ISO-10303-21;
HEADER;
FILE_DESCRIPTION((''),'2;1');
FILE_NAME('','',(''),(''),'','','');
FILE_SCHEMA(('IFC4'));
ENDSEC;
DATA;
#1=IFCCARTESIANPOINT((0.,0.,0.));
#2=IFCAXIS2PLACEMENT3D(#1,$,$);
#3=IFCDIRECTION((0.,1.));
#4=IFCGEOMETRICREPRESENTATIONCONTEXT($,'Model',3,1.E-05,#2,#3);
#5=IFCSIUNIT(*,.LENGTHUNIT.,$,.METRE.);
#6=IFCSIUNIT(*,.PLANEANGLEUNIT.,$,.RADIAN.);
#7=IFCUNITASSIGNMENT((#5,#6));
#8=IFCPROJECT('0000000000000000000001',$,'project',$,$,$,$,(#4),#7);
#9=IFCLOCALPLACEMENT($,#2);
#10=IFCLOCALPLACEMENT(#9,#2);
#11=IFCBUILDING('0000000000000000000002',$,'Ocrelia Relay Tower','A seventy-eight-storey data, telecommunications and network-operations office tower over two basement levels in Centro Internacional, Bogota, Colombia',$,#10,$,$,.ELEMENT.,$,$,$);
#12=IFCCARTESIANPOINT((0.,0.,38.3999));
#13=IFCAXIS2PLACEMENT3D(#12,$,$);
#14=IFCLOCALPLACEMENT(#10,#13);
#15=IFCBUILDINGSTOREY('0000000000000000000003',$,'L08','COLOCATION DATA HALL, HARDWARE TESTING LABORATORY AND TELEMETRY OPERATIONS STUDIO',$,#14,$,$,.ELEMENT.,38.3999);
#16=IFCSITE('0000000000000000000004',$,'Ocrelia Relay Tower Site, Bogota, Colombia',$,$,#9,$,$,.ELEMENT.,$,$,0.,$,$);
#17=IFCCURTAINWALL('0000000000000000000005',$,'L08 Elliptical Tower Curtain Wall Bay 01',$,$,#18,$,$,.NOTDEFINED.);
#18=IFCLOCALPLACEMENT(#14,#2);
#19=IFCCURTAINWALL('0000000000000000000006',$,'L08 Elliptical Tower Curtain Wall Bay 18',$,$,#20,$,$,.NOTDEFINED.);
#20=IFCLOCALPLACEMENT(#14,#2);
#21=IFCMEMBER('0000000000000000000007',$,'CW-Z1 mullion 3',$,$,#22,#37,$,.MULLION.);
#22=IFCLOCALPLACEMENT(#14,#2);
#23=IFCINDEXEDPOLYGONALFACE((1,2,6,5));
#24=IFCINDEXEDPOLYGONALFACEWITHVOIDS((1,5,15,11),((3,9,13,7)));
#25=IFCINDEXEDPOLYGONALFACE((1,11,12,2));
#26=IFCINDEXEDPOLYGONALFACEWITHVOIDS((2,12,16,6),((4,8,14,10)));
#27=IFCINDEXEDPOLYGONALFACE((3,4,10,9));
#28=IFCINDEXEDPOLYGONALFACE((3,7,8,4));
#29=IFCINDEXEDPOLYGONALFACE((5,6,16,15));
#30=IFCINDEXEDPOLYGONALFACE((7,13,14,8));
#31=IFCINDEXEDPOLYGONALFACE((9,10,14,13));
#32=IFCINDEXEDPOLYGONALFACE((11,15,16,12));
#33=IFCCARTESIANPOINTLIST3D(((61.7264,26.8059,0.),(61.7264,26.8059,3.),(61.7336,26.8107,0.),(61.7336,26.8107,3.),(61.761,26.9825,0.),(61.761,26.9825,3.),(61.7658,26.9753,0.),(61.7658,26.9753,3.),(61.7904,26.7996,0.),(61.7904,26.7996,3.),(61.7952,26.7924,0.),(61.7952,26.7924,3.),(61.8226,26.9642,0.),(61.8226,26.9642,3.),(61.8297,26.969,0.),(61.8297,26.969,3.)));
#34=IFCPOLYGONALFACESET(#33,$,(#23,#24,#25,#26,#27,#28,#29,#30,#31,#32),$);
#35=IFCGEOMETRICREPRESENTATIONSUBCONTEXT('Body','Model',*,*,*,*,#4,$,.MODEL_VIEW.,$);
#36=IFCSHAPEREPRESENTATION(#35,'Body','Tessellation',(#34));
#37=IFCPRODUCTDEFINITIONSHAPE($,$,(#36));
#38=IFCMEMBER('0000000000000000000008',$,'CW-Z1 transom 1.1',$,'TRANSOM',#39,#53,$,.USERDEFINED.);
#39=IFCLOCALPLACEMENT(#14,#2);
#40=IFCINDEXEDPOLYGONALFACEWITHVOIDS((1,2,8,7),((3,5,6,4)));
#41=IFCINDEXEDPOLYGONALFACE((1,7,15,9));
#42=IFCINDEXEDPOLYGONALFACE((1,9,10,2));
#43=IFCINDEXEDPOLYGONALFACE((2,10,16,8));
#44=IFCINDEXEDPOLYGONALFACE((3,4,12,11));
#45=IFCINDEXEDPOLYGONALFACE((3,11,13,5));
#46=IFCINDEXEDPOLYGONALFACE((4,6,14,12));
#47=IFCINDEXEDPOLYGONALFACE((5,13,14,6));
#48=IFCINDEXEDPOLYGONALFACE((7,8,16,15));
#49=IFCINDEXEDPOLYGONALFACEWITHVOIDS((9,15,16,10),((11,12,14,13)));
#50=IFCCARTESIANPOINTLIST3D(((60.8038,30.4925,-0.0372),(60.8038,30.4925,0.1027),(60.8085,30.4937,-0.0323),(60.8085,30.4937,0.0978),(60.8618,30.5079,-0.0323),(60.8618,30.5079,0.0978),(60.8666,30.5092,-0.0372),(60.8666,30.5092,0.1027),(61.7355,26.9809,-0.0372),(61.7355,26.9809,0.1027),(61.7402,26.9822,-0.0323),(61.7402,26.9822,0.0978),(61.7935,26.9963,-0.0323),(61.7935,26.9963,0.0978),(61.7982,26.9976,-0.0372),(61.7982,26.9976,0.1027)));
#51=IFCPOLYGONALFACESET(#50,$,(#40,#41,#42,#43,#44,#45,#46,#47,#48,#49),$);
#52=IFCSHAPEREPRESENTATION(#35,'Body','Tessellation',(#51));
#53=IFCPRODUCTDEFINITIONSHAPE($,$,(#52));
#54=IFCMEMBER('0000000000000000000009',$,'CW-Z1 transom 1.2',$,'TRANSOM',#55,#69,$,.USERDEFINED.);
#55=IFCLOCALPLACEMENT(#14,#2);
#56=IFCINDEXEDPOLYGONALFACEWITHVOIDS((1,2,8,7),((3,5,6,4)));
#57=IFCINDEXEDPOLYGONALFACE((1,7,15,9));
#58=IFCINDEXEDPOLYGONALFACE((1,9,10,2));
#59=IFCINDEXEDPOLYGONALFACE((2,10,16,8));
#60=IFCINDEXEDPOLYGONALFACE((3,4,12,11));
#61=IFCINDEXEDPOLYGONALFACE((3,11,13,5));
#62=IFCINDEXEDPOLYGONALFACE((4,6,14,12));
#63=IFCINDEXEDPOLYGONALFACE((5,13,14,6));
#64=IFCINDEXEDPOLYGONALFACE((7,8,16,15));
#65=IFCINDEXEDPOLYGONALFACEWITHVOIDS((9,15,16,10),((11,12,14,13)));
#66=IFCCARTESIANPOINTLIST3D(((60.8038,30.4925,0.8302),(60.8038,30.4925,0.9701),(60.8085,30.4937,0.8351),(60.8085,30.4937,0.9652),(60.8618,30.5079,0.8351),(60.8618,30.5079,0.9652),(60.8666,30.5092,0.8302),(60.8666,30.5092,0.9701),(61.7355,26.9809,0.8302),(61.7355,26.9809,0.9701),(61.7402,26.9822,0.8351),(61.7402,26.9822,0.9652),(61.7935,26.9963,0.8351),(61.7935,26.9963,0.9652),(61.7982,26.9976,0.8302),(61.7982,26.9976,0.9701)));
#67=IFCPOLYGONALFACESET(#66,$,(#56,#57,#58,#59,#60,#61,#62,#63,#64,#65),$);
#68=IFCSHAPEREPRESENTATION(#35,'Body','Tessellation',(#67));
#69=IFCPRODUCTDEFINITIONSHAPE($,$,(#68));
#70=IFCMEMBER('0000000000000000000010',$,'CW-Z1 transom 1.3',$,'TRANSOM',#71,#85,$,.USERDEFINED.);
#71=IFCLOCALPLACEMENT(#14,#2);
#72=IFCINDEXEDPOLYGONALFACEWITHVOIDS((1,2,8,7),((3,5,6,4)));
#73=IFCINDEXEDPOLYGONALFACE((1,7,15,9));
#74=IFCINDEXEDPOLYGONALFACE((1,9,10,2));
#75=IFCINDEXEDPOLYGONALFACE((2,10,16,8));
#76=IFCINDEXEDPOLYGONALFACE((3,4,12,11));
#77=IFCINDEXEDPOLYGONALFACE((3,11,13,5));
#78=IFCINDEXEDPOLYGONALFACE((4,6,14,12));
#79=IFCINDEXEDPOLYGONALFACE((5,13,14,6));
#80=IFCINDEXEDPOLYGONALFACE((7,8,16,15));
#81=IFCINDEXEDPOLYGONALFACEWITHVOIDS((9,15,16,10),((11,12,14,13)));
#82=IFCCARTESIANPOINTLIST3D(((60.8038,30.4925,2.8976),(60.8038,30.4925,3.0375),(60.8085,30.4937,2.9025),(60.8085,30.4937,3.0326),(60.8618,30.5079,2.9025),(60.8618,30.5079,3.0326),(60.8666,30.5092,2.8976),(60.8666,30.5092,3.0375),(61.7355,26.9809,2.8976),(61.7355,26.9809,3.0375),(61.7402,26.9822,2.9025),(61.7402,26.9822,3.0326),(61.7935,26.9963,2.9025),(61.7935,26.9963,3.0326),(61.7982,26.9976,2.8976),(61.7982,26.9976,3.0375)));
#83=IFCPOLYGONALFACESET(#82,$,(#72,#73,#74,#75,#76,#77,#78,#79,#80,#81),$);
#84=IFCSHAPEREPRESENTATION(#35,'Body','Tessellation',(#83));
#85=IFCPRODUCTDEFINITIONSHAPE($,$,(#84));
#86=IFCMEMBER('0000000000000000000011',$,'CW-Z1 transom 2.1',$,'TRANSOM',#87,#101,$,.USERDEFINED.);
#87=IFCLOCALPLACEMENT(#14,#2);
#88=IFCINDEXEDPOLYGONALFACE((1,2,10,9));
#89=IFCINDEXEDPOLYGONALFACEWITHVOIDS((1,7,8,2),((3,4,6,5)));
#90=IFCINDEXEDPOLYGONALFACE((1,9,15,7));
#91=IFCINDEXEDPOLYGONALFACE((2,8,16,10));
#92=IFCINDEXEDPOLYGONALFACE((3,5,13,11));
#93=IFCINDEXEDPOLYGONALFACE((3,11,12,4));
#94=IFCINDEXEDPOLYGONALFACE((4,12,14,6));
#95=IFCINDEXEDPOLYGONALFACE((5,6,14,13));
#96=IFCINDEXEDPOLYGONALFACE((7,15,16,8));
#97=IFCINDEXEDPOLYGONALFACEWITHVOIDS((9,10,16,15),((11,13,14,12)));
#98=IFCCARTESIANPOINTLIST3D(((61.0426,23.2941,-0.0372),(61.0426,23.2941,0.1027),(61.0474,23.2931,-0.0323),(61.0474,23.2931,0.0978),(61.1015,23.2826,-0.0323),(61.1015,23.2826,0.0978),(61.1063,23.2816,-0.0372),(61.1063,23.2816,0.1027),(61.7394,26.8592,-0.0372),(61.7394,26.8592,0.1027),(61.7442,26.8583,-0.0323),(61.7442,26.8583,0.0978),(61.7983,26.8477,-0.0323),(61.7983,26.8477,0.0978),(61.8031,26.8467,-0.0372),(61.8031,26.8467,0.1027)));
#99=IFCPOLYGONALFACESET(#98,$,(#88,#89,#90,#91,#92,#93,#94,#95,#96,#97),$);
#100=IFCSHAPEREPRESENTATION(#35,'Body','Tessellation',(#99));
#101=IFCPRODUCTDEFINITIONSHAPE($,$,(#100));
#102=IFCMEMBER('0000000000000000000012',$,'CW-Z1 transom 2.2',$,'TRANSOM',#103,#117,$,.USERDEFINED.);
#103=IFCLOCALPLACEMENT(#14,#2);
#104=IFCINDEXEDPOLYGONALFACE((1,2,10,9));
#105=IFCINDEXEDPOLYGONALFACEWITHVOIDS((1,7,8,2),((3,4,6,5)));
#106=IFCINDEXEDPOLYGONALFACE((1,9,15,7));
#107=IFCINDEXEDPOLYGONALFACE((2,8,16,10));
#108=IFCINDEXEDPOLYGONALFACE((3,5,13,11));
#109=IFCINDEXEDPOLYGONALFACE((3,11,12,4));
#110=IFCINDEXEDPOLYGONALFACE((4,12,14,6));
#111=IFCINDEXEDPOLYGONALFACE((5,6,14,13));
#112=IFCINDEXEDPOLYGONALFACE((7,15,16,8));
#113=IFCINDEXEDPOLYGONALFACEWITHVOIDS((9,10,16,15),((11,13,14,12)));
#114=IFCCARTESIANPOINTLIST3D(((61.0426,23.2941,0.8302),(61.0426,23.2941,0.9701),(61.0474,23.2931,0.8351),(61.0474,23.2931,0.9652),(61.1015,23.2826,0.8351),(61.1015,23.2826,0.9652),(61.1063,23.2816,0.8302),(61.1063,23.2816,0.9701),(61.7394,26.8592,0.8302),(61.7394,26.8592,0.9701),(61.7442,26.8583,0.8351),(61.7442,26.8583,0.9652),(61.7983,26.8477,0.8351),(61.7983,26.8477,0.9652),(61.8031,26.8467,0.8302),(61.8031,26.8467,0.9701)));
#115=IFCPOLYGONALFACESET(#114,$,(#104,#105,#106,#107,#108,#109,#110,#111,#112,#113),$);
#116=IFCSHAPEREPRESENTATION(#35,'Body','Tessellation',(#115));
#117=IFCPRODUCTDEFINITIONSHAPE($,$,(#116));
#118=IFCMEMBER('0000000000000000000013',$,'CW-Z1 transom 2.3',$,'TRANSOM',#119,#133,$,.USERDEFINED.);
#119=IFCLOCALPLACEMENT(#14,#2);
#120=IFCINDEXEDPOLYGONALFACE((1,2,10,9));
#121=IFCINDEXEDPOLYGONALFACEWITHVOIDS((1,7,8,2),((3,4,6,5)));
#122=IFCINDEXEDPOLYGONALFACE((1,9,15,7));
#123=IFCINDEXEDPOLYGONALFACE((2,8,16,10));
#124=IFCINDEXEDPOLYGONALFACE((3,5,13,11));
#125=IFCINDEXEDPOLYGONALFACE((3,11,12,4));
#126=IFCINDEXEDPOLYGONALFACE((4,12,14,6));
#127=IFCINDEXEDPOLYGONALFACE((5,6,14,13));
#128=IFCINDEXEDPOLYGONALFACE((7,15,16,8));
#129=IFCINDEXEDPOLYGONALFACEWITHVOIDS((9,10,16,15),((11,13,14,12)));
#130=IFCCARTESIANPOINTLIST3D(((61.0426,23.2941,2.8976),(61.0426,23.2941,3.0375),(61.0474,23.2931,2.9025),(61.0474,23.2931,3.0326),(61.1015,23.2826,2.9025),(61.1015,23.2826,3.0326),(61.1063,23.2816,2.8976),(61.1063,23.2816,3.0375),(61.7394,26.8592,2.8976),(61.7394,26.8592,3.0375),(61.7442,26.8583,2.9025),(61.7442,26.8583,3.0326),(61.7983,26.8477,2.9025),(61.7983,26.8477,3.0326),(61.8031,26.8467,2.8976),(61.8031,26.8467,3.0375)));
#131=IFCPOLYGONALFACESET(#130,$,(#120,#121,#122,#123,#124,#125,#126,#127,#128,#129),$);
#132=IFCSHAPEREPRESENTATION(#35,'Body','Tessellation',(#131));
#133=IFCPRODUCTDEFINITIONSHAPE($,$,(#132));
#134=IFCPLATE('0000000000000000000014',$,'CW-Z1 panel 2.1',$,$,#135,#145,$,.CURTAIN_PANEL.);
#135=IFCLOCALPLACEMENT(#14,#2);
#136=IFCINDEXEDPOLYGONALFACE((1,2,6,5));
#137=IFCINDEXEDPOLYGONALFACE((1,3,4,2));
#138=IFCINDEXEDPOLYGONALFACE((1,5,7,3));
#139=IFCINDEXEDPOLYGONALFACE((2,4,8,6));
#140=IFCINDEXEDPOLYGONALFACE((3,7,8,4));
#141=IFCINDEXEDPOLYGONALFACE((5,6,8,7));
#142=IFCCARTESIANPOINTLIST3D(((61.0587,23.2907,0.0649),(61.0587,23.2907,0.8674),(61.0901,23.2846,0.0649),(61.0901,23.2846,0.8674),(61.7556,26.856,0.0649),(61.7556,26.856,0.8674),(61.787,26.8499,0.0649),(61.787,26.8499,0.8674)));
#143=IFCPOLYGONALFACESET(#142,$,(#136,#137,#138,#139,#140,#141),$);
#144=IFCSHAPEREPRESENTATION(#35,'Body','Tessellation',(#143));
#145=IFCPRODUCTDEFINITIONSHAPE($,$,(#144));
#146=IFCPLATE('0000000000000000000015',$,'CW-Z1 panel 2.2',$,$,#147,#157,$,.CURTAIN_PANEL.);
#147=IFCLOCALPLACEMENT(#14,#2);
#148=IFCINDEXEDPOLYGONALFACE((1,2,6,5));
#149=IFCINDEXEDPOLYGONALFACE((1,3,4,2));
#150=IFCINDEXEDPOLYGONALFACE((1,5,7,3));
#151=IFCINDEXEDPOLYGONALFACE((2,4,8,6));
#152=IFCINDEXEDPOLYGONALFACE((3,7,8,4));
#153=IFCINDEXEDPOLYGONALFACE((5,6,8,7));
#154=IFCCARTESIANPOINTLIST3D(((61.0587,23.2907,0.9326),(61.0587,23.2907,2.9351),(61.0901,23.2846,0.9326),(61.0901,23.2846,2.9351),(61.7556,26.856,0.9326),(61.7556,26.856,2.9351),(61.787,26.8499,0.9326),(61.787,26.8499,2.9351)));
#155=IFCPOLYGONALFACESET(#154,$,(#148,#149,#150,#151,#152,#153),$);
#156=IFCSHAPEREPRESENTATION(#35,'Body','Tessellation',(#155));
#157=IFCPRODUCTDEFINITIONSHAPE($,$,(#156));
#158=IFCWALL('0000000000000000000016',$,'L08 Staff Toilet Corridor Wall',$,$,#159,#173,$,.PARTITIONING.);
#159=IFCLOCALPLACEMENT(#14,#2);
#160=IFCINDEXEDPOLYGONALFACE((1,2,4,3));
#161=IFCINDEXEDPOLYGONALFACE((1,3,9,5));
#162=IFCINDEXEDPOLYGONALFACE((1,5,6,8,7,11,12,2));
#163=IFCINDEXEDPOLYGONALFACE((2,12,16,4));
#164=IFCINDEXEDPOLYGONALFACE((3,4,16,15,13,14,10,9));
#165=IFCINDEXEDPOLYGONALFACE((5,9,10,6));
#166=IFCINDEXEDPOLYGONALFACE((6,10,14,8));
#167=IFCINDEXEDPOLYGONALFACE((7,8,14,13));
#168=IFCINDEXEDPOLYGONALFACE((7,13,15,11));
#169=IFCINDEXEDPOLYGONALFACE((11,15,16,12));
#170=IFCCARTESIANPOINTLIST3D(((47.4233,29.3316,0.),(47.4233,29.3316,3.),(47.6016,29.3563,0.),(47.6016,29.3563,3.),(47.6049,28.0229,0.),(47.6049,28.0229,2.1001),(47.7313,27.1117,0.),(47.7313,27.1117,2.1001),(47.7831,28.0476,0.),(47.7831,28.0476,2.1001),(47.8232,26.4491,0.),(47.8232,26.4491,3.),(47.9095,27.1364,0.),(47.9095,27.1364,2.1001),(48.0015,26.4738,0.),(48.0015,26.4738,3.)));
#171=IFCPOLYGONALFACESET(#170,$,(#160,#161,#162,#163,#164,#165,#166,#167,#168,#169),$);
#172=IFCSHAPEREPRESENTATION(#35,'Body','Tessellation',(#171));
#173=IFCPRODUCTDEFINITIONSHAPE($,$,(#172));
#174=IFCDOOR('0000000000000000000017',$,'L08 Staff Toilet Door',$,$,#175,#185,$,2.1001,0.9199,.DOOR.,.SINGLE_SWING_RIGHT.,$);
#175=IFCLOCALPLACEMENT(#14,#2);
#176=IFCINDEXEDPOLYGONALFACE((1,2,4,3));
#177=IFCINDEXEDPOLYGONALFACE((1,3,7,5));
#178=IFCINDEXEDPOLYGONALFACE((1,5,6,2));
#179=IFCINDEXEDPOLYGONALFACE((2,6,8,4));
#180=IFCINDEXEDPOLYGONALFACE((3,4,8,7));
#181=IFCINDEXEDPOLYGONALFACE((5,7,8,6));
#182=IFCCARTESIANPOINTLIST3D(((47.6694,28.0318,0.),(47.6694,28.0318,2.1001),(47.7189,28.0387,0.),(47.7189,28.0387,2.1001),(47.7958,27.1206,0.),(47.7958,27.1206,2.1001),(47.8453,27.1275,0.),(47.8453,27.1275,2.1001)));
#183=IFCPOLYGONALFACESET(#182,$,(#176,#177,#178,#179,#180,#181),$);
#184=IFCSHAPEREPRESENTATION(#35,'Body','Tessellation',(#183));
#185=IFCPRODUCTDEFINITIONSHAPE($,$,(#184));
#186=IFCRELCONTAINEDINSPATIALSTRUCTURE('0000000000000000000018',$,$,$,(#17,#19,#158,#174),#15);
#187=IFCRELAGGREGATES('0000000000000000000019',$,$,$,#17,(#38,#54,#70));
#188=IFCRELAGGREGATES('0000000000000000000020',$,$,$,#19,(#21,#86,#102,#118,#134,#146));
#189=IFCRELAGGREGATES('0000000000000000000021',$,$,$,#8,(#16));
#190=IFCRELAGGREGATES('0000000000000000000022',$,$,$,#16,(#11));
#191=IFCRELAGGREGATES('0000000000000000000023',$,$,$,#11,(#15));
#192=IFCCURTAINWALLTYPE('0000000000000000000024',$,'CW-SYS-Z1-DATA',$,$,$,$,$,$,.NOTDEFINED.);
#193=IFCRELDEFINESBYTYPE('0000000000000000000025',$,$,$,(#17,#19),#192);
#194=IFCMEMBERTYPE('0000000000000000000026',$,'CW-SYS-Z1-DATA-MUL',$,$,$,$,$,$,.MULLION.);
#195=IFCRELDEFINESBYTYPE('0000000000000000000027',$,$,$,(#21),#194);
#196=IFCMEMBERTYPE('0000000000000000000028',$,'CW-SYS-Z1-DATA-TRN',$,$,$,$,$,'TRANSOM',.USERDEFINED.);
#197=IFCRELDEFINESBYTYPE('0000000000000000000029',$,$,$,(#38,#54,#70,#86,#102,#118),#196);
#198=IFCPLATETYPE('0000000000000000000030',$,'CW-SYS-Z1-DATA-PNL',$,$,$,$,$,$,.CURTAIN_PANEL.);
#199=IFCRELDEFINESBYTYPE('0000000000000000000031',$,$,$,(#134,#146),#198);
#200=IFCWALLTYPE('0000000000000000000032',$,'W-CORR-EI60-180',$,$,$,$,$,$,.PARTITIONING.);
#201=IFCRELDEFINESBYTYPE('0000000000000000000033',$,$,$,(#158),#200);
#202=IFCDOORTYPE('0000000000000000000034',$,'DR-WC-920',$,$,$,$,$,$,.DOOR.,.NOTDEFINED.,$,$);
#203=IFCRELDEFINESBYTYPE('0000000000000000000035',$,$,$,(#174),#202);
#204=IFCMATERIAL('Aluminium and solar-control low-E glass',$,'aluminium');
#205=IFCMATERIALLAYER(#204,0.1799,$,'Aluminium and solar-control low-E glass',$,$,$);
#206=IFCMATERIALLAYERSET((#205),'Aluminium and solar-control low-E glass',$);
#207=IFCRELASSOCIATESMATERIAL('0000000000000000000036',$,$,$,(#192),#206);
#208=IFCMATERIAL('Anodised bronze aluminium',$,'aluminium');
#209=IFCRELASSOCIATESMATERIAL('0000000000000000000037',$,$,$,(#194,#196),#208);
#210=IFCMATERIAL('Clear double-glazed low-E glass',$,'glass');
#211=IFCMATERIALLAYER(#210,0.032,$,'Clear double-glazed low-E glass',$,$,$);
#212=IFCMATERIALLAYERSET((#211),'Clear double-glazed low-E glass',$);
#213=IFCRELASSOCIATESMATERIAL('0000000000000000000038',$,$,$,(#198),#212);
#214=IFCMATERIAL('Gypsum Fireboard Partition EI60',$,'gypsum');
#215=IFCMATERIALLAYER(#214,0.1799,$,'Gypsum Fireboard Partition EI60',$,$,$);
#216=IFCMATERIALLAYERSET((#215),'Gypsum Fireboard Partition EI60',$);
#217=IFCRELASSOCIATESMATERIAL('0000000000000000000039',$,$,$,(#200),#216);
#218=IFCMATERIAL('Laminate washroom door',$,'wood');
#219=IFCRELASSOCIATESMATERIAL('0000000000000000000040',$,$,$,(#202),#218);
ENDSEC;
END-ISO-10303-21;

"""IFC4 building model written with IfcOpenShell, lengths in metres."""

from ifc_helpers import new_model, si_unit, direction, frame, frame_2d, origin, origin_2d, place, context, subcontext, project, spatial, rectangle, hollow_rectangle, extrude, material, layer, layer_set, material_profile, profile_set, type_object, element, fill, aggregate, save


model = new_model("IFC4")

# Units and contexts
model_context = context("Model", 3, precision=1e-05, world=origin(), true_north=direction((0.0, 1.0)))
body_context = subcontext(model_context, "Body", "Model", "MODEL_VIEW")
ifc_project = project(units=[si_unit("LENGTHUNIT", "METRE"), si_unit("PLANEANGLEUNIT", "RADIAN")], contexts=[model_context])

# Site, building, storey
site_placement = place(None, origin())
site = spatial("IfcSite", under=ifc_project, at=site_placement, Name="Ocrelia Relay Tower Site, Bogota, Colombia", CompositionType="ELEMENT", RefElevation=0.0)
building_placement = place(site_placement, origin())
building = spatial("IfcBuilding", under=site, at=building_placement, Name="Ocrelia Relay Tower", Description="A seventy-eight-storey data, telecommunications and network-operations office tower over two basement levels in Centro Internacional, Bogota, Colombia", CompositionType="ELEMENT")
storey_placement = place(building_placement, frame((0.0, 0.0, 38.3999)))
storey = spatial("IfcBuildingStorey", under=building, at=storey_placement, Name="L08", Description="COLOCATION DATA HALL, HARDWARE TESTING LABORATORY AND TELEMETRY OPERATIONS STUDIO", CompositionType="ELEMENT", Elevation=38.3999)

# Curtain wall
ifc_material_1 = material(Name="Aluminium and solar-control low-E glass", Category="aluminium")
ifc_layer_1 = layer(ifc_material_1, 0.1799, Name="Aluminium and solar-control low-E glass")
ifc_layer_set_1 = layer_set([ifc_layer_1], Name="Aluminium and solar-control low-E glass")
curtain_wall_type = type_object("IfcCurtainWallType", Name="CW-SYS-Z1-DATA", PredefinedType="NOTDEFINED", material=ifc_layer_set_1)
curtain_wall_1_placement = place(storey_placement, origin())
curtain_wall_1 = element("IfcCurtainWall", 1, at=curtain_wall_1_placement, inside=storey, type_object=curtain_wall_type, Name="L08 Elliptical Tower Curtain Wall Bay 01", PredefinedType="NOTDEFINED")
ifc_material_2 = material(Name="Anodised bronze aluminium", Category="aluminium")
ifc_material_profile_1 = material_profile(ifc_material_2, hollow_rectangle(XDim=0.0701, YDim=0.1799, WallThickness=0.0061, at=origin_2d()), Name="CW-MUL-180x70")
ifc_profile_set_1 = profile_set([ifc_material_profile_1], Name="Anodised bronze aluminium")
member_type_1 = type_object("IfcMemberType", Name="CW-SYS-Z1-DATA-MUL", PredefinedType="MULLION", material=ifc_profile_set_1)

# Curtain wall, member
curtain_wall_2_placement = place(storey_placement, origin())
curtain_wall_2 = element("IfcCurtainWall", 2, at=curtain_wall_2_placement, inside=storey, type_object=curtain_wall_type, Name="L08 Elliptical Tower Curtain Wall Bay 18", PredefinedType="NOTDEFINED")
member_1_placement = place(storey_placement, frame((61.7781, 26.8875, 0.0), z_axis=(0.0, 0.0, 1.0), x_axis=(-0.981426, 0.191841, 0.0)))
member_1 = element("IfcMember", 3, at=member_1_placement, type_object=member_type_1, Name="CW-Z1 mullion 3", PredefinedType="MULLION", context=body_context, shape_type="SweptSolid", body=[
    extrude(hollow_rectangle(XDim=0.0701, YDim=0.1799, WallThickness=0.0061, at=origin_2d()), origin(), (0.0, 0.0, 1.0), 3.0),
])

# Members
ifc_material_profile_2 = material_profile(ifc_material_2, hollow_rectangle(XDim=0.0649, YDim=0.1399, WallThickness=0.0049, at=origin_2d()), Name="CW-TRN-140x65")
ifc_profile_set_2 = profile_set([ifc_material_profile_2], Name="Anodised bronze aluminium")
member_type_2 = type_object("IfcMemberType", Name="CW-SYS-Z1-DATA-TRN", ElementType="TRANSOM", PredefinedType="USERDEFINED", material=ifc_profile_set_2)
member_2_placement = place(storey_placement, frame((61.7668, 26.9893, 0.0327), z_axis=(-0.256441, 0.96656, 0.0), x_axis=(-0.96656, -0.256441, 0.0)))
member_2 = element("IfcMember", 4, at=member_2_placement, type_object=member_type_2, Name="CW-Z1 transom 1.1", ObjectType="TRANSOM", PredefinedType="USERDEFINED", context=body_context, shape_type="SweptSolid", body=[
    extrude(hollow_rectangle(XDim=0.0649, YDim=0.1399, WallThickness=0.0049, at=origin_2d()), origin(), (0.0, 0.0, 1.0), 3.6331),
])
member_3_placement = place(storey_placement, frame((61.7668, 26.9893, 0.9001), z_axis=(-0.256441, 0.96656, 0.0), x_axis=(-0.96656, -0.256441, 0.0)))
member_3 = element("IfcMember", 5, at=member_3_placement, type_object=member_type_2, Name="CW-Z1 transom 1.2", ObjectType="TRANSOM", PredefinedType="USERDEFINED", context=body_context, shape_type="SweptSolid", body=[
    extrude(hollow_rectangle(XDim=0.0649, YDim=0.1399, WallThickness=0.0049, at=origin_2d()), origin(), (0.0, 0.0, 1.0), 3.6331),
])
member_4_placement = place(storey_placement, frame((61.7668, 26.9893, 2.9675), z_axis=(-0.256441, 0.96656, 0.0), x_axis=(-0.96656, -0.256441, 0.0)))
member_4 = element("IfcMember", 6, at=member_4_placement, type_object=member_type_2, Name="CW-Z1 transom 1.3", ObjectType="TRANSOM", PredefinedType="USERDEFINED", context=body_context, shape_type="SweptSolid", body=[
    extrude(hollow_rectangle(XDim=0.0649, YDim=0.1399, WallThickness=0.0049, at=origin_2d()), origin(), (0.0, 0.0, 1.0), 3.6331),
])
aggregate(curtain_wall_1, [member_2, member_3, member_4])
member_5_placement = place(storey_placement, frame((61.0745, 23.2878, 0.0327), z_axis=(0.19181, 0.981432, 0.0), x_axis=(-0.981432, 0.19181, 0.0)))
member_5 = element("IfcMember", 7, at=member_5_placement, type_object=member_type_2, Name="CW-Z1 transom 2.1", ObjectType="TRANSOM", PredefinedType="USERDEFINED", context=body_context, shape_type="SweptSolid", body=[
    extrude(hollow_rectangle(XDim=0.0649, YDim=0.1399, WallThickness=0.0049, at=origin_2d()), origin(), (0.0, 0.0, 1.0), 3.6326),
])
member_6_placement = place(storey_placement, frame((61.0745, 23.2878, 0.9001), z_axis=(0.19181, 0.981432, 0.0), x_axis=(-0.981432, 0.19181, 0.0)))
member_6 = element("IfcMember", 8, at=member_6_placement, type_object=member_type_2, Name="CW-Z1 transom 2.2", ObjectType="TRANSOM", PredefinedType="USERDEFINED", context=body_context, shape_type="SweptSolid", body=[
    extrude(hollow_rectangle(XDim=0.0649, YDim=0.1399, WallThickness=0.0049, at=origin_2d()), origin(), (0.0, 0.0, 1.0), 3.6326),
])
member_7_placement = place(storey_placement, frame((61.0745, 23.2878, 2.9675), z_axis=(0.19181, 0.981432, 0.0), x_axis=(-0.981432, 0.19181, 0.0)))
member_7 = element("IfcMember", 9, at=member_7_placement, type_object=member_type_2, Name="CW-Z1 transom 2.3", ObjectType="TRANSOM", PredefinedType="USERDEFINED", context=body_context, shape_type="SweptSolid", body=[
    extrude(hollow_rectangle(XDim=0.0649, YDim=0.1399, WallThickness=0.0049, at=origin_2d()), origin(), (0.0, 0.0, 1.0), 3.6326),
])

# Plates
ifc_material_3 = material(Name="Clear double-glazed low-E glass", Category="glass")
ifc_layer_2 = layer(ifc_material_3, 0.032, Name="Clear double-glazed low-E glass")
ifc_layer_set_2 = layer_set([ifc_layer_2], Name="Clear double-glazed low-E glass")
plate_type = type_object("IfcPlateType", Name="CW-SYS-Z1-DATA-PNL", PredefinedType="CURTAIN_PANEL", material=ifc_layer_set_2)
plate_1_placement = place(storey_placement, frame((61.4229, 25.0703, 0.0649), z_axis=(0.0, 0.0, 1.0), x_axis=(0.191841, 0.981426, 0.0)))
plate_1 = element("IfcPlate", 10, at=plate_1_placement, type_object=plate_type, Name="CW-Z1 panel 2.1", PredefinedType="CURTAIN_PANEL", context=body_context, shape_type="SweptSolid", body=[
    extrude(rectangle(XDim=3.6328, YDim=0.032, at=origin_2d()), origin(), (0.0, 0.0, 1.0), 0.8025),
])
plate_2_placement = place(storey_placement, frame((61.4229, 25.0703, 0.9326), z_axis=(0.0, 0.0, 1.0), x_axis=(0.191841, 0.981426, 0.0)))
plate_2 = element("IfcPlate", 11, at=plate_2_placement, type_object=plate_type, Name="CW-Z1 panel 2.2", PredefinedType="CURTAIN_PANEL", context=body_context, shape_type="SweptSolid", body=[
    extrude(rectangle(XDim=3.6328, YDim=0.032, at=origin_2d()), origin(), (0.0, 0.0, 1.0), 2.0024),
])
aggregate(curtain_wall_2, [member_1, member_5, member_6, member_7, plate_1, plate_2])

# Wall, opening, door
ifc_material_4 = material(Name="Gypsum Fireboard Partition EI60", Category="gypsum")
ifc_layer_3 = layer(ifc_material_4, 0.1799, Name="Gypsum Fireboard Partition EI60")
ifc_layer_set_3 = layer_set([ifc_layer_3], Name="Gypsum Fireboard Partition EI60")
wall_type_1 = type_object("IfcWallType", Name="W-CORR-EI60-180", PredefinedType="PARTITIONING", material=ifc_layer_set_3)
wall_1_placement = place(storey_placement, frame((47.9124, 26.4614, 0.0), z_axis=(0.0, 0.0, 1.0), x_axis=(-0.137415, 0.990514, 0.0)))
wall_1 = element("IfcWall", 12, at=wall_1_placement, inside=storey, type_object=wall_type_1, Name="L08 Staff Toilet Corridor Wall", PredefinedType="PARTITIONING", context=body_context, shape_type="SweptSolid", body=[
    extrude(rectangle(XDim=2.9102, YDim=0.1799, at=frame_2d((1.4551, 0.0))), origin(), (0.0, 0.0, 1.0), 3.0),
])
opening_placement = place(wall_1_placement, frame((0.6689, 0.0, 0.0)))
opening = element("IfcOpeningElement", 13, at=opening_placement, cuts=wall_1, PredefinedType="OPENING", context=body_context, shape_type="SweptSolid", body=[
    extrude(rectangle(XDim=0.9199, YDim=2.1001, at=frame_2d((0.46, 1.05))), frame((0.0, 0.1001, 0.0), z_axis=(0.0, -1.0, 0.0), x_axis=(1.0, 0.0, 0.0)), (0.0, 0.0, 1.0), 0.2),
])
ifc_material_5 = material(Name="Laminate washroom door", Category="wood")
door_type = type_object("IfcDoorType", Name="DR-WC-920", OperationType="NOTDEFINED", PredefinedType="DOOR", material=ifc_material_5)
door_placement = place(opening_placement, origin())
door = element("IfcDoor", 14, at=door_placement, inside=storey, type_object=door_type, Name="L08 Staff Toilet Door", OperationType="SINGLE_SWING_RIGHT", OverallHeight=2.1001, OverallWidth=0.9199, PredefinedType="DOOR", context=body_context, shape_type="SweptSolid", body=[
    extrude(rectangle(XDim=0.9199, YDim=2.1001, at=frame_2d((0.46, 1.05))), frame((0.0, 0.0249, 0.0), z_axis=(0.0, -1.0, 0.0), x_axis=(1.0, 0.0, 0.0)), (0.0, 0.0, 1.0), 0.05),
])
fill(opening, door)

save(model, "model.ifc")
